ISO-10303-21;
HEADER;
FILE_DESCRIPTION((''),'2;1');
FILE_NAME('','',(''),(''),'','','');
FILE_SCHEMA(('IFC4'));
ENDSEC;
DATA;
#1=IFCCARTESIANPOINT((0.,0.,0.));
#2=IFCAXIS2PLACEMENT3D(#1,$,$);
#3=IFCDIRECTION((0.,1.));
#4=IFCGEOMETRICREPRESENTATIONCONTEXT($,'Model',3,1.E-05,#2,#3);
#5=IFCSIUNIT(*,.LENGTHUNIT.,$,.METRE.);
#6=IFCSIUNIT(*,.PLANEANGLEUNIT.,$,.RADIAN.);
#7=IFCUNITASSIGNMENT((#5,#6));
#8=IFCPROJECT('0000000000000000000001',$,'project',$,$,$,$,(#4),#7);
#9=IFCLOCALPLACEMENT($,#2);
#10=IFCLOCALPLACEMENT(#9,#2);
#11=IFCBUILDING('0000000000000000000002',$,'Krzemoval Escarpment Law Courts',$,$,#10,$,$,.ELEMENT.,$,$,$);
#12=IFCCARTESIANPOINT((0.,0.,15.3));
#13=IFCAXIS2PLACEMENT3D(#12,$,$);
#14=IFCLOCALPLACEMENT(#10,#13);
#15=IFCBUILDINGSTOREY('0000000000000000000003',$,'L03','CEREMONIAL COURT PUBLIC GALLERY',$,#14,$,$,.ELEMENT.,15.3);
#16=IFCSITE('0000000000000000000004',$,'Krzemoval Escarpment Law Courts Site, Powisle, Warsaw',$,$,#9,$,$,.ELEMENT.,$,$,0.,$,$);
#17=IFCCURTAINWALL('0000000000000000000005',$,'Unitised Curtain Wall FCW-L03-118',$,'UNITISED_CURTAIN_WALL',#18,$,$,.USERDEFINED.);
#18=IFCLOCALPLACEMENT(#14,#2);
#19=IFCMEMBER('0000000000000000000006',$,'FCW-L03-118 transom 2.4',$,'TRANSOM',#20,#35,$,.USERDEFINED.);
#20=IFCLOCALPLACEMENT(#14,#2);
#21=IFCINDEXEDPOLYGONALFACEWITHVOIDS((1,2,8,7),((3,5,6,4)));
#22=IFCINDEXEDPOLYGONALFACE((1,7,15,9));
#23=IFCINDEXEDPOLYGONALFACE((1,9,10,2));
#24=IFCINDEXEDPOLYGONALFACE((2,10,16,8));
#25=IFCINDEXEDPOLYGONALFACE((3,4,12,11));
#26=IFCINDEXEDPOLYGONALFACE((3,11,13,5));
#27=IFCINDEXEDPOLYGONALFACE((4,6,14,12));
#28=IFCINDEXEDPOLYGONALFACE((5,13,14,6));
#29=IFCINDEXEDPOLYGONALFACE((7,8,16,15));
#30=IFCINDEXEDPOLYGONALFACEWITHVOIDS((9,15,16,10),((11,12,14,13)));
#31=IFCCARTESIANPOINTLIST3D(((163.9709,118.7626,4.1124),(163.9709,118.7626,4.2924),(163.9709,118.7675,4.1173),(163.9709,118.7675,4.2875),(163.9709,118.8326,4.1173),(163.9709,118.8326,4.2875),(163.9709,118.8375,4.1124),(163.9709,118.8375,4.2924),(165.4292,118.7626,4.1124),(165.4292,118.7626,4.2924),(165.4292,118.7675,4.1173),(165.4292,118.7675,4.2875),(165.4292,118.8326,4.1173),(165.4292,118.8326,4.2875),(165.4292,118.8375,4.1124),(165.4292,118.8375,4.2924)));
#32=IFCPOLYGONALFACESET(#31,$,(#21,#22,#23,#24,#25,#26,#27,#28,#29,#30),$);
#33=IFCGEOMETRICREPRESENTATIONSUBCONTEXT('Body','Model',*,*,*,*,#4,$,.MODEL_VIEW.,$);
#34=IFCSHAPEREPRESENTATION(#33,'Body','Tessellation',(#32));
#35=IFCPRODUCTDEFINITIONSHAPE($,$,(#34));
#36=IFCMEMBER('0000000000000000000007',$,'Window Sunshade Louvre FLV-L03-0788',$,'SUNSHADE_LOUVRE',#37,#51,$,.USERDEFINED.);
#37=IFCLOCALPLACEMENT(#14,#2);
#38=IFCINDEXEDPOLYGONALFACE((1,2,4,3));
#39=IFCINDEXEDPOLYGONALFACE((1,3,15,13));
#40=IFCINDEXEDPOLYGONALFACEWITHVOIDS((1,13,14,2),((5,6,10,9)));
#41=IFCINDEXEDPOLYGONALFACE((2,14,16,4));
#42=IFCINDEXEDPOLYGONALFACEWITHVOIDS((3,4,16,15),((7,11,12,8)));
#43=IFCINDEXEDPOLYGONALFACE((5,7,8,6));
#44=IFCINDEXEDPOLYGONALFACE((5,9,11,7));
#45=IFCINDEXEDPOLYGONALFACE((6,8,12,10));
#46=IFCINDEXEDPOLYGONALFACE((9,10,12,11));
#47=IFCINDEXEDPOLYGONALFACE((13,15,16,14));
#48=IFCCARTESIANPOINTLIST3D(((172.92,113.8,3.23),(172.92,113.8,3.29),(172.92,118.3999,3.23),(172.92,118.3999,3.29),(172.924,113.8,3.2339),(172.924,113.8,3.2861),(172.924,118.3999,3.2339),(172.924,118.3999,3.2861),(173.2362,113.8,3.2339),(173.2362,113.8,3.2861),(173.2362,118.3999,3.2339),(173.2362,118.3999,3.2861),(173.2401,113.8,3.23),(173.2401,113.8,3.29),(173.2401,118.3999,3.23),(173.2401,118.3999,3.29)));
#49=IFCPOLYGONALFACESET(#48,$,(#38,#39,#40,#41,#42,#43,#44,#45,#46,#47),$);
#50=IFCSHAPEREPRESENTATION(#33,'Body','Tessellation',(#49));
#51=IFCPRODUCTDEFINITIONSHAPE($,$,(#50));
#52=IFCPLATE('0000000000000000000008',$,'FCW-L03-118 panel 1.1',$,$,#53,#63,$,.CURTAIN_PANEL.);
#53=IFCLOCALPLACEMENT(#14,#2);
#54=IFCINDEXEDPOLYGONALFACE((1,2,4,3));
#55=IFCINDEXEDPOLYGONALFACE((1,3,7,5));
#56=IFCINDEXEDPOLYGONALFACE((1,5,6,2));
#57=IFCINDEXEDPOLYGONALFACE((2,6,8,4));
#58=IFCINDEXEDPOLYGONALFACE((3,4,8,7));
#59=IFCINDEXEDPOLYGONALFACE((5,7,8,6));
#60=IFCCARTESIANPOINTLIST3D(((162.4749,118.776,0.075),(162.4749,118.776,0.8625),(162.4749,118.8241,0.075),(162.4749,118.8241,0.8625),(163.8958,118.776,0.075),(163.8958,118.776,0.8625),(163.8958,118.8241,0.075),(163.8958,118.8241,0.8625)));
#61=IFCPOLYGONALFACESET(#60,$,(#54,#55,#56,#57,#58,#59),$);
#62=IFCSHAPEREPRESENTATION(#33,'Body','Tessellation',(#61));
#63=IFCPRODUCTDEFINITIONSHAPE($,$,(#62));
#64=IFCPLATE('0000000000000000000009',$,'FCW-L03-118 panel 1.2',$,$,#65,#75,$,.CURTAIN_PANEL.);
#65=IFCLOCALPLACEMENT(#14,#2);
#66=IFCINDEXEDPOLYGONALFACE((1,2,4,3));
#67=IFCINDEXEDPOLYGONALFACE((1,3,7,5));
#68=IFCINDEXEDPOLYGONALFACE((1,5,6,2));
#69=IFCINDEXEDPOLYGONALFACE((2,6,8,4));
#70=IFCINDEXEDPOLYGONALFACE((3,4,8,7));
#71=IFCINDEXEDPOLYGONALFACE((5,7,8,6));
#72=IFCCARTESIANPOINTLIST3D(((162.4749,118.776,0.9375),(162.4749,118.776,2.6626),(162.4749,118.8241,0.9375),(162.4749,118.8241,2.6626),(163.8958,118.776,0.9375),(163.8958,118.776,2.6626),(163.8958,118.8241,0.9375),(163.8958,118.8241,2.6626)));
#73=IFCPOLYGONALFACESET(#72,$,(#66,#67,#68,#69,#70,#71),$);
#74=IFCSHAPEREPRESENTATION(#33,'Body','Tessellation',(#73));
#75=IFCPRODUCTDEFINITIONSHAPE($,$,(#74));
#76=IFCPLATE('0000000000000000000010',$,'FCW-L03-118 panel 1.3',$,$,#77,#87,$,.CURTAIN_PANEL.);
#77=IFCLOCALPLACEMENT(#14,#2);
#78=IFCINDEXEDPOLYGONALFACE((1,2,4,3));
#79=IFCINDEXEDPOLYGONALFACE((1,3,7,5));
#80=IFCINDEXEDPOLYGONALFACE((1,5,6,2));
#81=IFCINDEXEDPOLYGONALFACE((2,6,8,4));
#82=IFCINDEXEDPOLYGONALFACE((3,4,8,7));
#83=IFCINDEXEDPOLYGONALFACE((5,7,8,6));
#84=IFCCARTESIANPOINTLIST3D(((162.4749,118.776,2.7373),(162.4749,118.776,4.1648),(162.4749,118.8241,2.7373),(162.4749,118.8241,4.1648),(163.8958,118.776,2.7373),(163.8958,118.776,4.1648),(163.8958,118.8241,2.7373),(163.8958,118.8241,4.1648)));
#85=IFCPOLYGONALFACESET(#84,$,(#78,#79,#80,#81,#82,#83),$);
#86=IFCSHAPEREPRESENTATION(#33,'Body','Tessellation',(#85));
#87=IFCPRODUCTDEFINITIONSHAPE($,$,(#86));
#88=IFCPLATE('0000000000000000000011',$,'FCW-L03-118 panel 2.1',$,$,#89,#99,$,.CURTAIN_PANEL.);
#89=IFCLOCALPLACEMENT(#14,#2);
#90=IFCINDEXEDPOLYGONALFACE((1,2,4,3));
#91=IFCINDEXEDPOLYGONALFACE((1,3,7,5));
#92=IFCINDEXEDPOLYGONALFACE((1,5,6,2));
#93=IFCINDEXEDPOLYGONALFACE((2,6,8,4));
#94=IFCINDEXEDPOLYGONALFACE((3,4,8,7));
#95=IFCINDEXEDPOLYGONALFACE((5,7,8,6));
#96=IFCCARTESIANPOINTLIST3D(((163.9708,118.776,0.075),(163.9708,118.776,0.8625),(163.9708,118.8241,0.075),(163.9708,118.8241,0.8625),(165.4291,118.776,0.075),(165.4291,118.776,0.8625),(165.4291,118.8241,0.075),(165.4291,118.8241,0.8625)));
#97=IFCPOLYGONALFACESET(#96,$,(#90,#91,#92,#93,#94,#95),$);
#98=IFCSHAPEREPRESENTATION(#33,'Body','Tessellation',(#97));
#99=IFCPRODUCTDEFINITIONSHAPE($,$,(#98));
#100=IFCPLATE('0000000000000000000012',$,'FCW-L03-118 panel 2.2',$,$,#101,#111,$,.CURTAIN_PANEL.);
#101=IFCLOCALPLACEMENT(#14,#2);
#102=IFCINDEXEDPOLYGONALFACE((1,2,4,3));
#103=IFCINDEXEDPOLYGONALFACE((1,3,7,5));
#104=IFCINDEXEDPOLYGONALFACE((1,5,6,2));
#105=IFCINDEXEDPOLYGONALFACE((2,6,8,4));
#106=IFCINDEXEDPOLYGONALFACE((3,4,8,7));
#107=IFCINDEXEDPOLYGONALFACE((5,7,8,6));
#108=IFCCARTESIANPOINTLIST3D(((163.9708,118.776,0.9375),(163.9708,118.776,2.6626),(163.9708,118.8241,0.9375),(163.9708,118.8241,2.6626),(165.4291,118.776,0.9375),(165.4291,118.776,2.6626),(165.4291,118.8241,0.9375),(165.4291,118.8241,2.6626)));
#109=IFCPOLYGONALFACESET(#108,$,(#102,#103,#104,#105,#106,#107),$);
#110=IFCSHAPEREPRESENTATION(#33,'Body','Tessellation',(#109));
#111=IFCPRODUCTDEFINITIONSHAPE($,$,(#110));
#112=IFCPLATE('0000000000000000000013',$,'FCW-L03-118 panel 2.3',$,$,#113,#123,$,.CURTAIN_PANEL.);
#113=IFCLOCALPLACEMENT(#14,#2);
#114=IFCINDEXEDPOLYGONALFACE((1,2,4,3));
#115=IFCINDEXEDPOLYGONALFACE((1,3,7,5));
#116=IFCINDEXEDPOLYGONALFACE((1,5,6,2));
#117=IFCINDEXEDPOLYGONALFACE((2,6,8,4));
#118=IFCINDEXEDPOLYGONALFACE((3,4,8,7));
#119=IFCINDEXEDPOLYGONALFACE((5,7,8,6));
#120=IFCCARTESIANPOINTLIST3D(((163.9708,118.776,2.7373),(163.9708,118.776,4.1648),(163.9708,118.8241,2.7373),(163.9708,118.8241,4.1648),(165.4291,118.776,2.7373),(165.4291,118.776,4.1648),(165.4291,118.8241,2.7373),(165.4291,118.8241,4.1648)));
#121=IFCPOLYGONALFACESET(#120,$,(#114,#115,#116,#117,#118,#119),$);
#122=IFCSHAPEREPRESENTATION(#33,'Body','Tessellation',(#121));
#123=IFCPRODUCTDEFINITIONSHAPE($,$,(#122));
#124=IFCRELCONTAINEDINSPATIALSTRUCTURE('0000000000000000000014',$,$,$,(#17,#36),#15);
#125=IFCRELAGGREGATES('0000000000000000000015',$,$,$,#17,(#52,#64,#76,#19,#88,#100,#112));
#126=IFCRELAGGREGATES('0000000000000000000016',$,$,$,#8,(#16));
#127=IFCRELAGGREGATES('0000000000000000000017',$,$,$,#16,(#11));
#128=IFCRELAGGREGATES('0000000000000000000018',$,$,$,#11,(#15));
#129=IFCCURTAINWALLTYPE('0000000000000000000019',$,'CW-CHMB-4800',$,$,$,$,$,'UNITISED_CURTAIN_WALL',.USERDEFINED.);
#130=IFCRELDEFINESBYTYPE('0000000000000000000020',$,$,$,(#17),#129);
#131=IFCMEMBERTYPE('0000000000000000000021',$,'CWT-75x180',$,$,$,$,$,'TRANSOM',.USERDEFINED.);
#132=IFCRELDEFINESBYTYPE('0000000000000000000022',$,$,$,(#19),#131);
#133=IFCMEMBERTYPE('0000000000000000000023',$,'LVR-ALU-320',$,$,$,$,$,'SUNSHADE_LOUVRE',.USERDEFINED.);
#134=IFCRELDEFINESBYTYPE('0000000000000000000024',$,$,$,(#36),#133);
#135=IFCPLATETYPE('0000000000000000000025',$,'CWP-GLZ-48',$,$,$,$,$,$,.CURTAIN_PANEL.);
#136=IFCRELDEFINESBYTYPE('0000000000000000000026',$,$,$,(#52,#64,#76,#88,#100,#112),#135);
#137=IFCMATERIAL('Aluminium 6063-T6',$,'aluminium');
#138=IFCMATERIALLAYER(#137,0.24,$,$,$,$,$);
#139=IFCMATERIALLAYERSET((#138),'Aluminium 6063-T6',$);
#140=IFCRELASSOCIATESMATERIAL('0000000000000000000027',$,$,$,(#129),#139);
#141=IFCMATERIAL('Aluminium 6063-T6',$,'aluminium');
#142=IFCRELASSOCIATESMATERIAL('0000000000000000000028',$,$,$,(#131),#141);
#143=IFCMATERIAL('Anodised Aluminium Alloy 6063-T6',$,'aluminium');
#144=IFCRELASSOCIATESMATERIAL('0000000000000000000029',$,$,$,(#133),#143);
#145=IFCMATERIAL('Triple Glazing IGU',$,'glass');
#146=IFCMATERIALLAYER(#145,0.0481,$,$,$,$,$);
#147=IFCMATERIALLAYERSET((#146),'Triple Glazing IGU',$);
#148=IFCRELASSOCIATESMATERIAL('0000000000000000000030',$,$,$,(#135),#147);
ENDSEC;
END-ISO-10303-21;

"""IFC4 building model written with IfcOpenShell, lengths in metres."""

from ifc_helpers import new_model, si_unit, direction, frame, origin, origin_2d, place, context, subcontext, project, spatial, rectangle, hollow_rectangle, extrude, material, layer, layer_set, material_profile, profile_set, type_object, element, aggregate, save


model = new_model("IFC4")

# Units and contexts
model_context = context("Model", 3, precision=1e-05, world=origin(), true_north=direction((0.0, 1.0)))
body_context = subcontext(model_context, "Body", "Model", "MODEL_VIEW")
ifc_project = project(units=[si_unit("LENGTHUNIT", "METRE"), si_unit("PLANEANGLEUNIT", "RADIAN")], contexts=[model_context])

# Site, building, storey
site_placement = place(None, origin())
site = spatial("IfcSite", under=ifc_project, at=site_placement, Name="Krzemoval Escarpment Law Courts Site, Powisle, Warsaw", CompositionType="ELEMENT", RefElevation=0.0)
building_placement = place(site_placement, origin())
building = spatial("IfcBuilding", under=site, at=building_placement, Name="Krzemoval Escarpment Law Courts", CompositionType="ELEMENT")
storey_placement = place(building_placement, frame((0.0, 0.0, 15.3)))
storey = spatial("IfcBuildingStorey", under=building, at=storey_placement, Name="L03", Description="CEREMONIAL COURT PUBLIC GALLERY", CompositionType="ELEMENT", Elevation=15.3)

# Curtain wall, member
ifc_material_1 = material(Name="Aluminium 6063-T6", Category="aluminium")
ifc_layer_1 = layer(ifc_material_1, 0.24)
ifc_layer_set_1 = layer_set([ifc_layer_1], Name="Aluminium 6063-T6")
curtain_wall_type = type_object("IfcCurtainWallType", Name="CW-CHMB-4800", ElementType="UNITISED_CURTAIN_WALL", PredefinedType="USERDEFINED", material=ifc_layer_set_1)
curtain_wall_placement = place(storey_placement, origin())
curtain_wall = element("IfcCurtainWall", 1, at=curtain_wall_placement, inside=storey, type_object=curtain_wall_type, Name="Unitised Curtain Wall FCW-L03-118", ObjectType="UNITISED_CURTAIN_WALL", PredefinedType="USERDEFINED")
ifc_material_2 = material(Name="Aluminium 6063-T6", Category="aluminium")
ifc_material_profile_1 = material_profile(ifc_material_2, hollow_rectangle(XDim=0.075, YDim=0.1799, WallThickness=0.0049, at=origin_2d()), Name="ALU T75x180")
ifc_profile_set_1 = profile_set([ifc_material_profile_1], Name="Aluminium 6063-T6")
member_type_1 = type_object("IfcMemberType", Name="CWT-75x180", ElementType="TRANSOM", PredefinedType="USERDEFINED", material=ifc_profile_set_1)
member_1_placement = place(storey_placement, frame((163.9709, 118.8, 4.2024), z_axis=(1.0, 0.0, 0.0), x_axis=(0.0, 1.0, 0.0)))
member_1 = element("IfcMember", 2, at=member_1_placement, type_object=member_type_1, Name="FCW-L03-118 transom 2.4", ObjectType="TRANSOM", PredefinedType="USERDEFINED", context=body_context, shape_type="SweptSolid", body=[
    extrude(hollow_rectangle(XDim=0.075, YDim=0.1799, WallThickness=0.0049, at=origin_2d()), origin(), (0.0, 0.0, 1.0), 1.4583),
])

# Member
ifc_material_3 = material(Name="Anodised Aluminium Alloy 6063-T6", Category="aluminium")
ifc_material_profile_2 = material_profile(ifc_material_3, hollow_rectangle(XDim=0.0601, YDim=0.3201, WallThickness=0.0039, at=origin_2d()), Name="ALU LVR 60x320")
ifc_profile_set_2 = profile_set([ifc_material_profile_2], Name="Anodised Aluminium Alloy 6063-T6")
member_type_2 = type_object("IfcMemberType", Name="LVR-ALU-320", ElementType="SUNSHADE_LOUVRE", PredefinedType="USERDEFINED", material=ifc_profile_set_2)
member_2_placement = place(storey_placement, frame((173.0801, 118.3999, 3.26), z_axis=(0.0, -1.0, 0.0), x_axis=(0.0, 0.0, 1.0)))
element("IfcMember", 3, at=member_2_placement, inside=storey, type_object=member_type_2, Name="Window Sunshade Louvre FLV-L03-0788", ObjectType="SUNSHADE_LOUVRE", PredefinedType="USERDEFINED", context=body_context, shape_type="SweptSolid", body=[
    extrude(hollow_rectangle(XDim=0.0601, YDim=0.3201, WallThickness=0.0039, at=origin_2d()), origin(), (0.0, 0.0, 1.0), 4.5999),
])

# Plates
ifc_material_4 = material(Name="Triple Glazing IGU", Category="glass")
ifc_layer_2 = layer(ifc_material_4, 0.0481)
ifc_layer_set_2 = layer_set([ifc_layer_2], Name="Triple Glazing IGU")
plate_type = type_object("IfcPlateType", Name="CWP-GLZ-48", PredefinedType="CURTAIN_PANEL", material=ifc_layer_set_2)
plate_1_placement = place(storey_placement, frame((163.1853, 118.8, 0.075), z_axis=(0.0, 0.0, 1.0), x_axis=(1.0, 0.0, 0.0)))
plate_1 = element("IfcPlate", 4, at=plate_1_placement, type_object=plate_type, Name="FCW-L03-118 panel 1.1", PredefinedType="CURTAIN_PANEL", context=body_context, shape_type="SweptSolid", body=[
    extrude(rectangle(XDim=1.4209, YDim=0.0481, at=origin_2d()), origin(), (0.0, 0.0, 1.0), 0.7876),
])
plate_2_placement = place(storey_placement, frame((163.1853, 118.8, 0.9375), z_axis=(0.0, 0.0, 1.0), x_axis=(1.0, 0.0, 0.0)))
plate_2 = element("IfcPlate", 5, at=plate_2_placement, type_object=plate_type, Name="FCW-L03-118 panel 1.2", PredefinedType="CURTAIN_PANEL", context=body_context, shape_type="SweptSolid", body=[
    extrude(rectangle(XDim=1.4209, YDim=0.0481, at=origin_2d()), origin(), (0.0, 0.0, 1.0), 1.7251),
])
plate_3_placement = place(storey_placement, frame((163.1853, 118.8, 2.7373), z_axis=(0.0, 0.0, 1.0), x_axis=(1.0, 0.0, 0.0)))
plate_3 = element("IfcPlate", 6, at=plate_3_placement, type_object=plate_type, Name="FCW-L03-118 panel 1.3", PredefinedType="CURTAIN_PANEL", context=body_context, shape_type="SweptSolid", body=[
    extrude(rectangle(XDim=1.4209, YDim=0.0481, at=origin_2d()), origin(), (0.0, 0.0, 1.0), 1.4275),
])
plate_4_placement = place(storey_placement, frame((164.7, 118.8, 0.075), z_axis=(0.0, 0.0, 1.0), x_axis=(1.0, 0.0, 0.0)))
plate_4 = element("IfcPlate", 7, at=plate_4_placement, type_object=plate_type, Name="FCW-L03-118 panel 2.1", PredefinedType="CURTAIN_PANEL", context=body_context, shape_type="SweptSolid", body=[
    extrude(rectangle(XDim=1.4583, YDim=0.0481, at=origin_2d()), origin(), (0.0, 0.0, 1.0), 0.7876),
])
plate_5_placement = place(storey_placement, frame((164.7, 118.8, 0.9375), z_axis=(0.0, 0.0, 1.0), x_axis=(1.0, 0.0, 0.0)))
plate_5 = element("IfcPlate", 8, at=plate_5_placement, type_object=plate_type, Name="FCW-L03-118 panel 2.2", PredefinedType="CURTAIN_PANEL", context=body_context, shape_type="SweptSolid", body=[
    extrude(rectangle(XDim=1.4583, YDim=0.0481, at=origin_2d()), origin(), (0.0, 0.0, 1.0), 1.7251),
])
plate_6_placement = place(storey_placement, frame((164.7, 118.8, 2.7373), z_axis=(0.0, 0.0, 1.0), x_axis=(1.0, 0.0, 0.0)))
plate_6 = element("IfcPlate", 9, at=plate_6_placement, type_object=plate_type, Name="FCW-L03-118 panel 2.3", PredefinedType="CURTAIN_PANEL", context=body_context, shape_type="SweptSolid", body=[
    extrude(rectangle(XDim=1.4583, YDim=0.0481, at=origin_2d()), origin(), (0.0, 0.0, 1.0), 1.4275),
])
aggregate(curtain_wall, [plate_1, plate_2, plate_3, member_1, plate_4, plate_5, plate_6])

save(model, "model.ifc")
